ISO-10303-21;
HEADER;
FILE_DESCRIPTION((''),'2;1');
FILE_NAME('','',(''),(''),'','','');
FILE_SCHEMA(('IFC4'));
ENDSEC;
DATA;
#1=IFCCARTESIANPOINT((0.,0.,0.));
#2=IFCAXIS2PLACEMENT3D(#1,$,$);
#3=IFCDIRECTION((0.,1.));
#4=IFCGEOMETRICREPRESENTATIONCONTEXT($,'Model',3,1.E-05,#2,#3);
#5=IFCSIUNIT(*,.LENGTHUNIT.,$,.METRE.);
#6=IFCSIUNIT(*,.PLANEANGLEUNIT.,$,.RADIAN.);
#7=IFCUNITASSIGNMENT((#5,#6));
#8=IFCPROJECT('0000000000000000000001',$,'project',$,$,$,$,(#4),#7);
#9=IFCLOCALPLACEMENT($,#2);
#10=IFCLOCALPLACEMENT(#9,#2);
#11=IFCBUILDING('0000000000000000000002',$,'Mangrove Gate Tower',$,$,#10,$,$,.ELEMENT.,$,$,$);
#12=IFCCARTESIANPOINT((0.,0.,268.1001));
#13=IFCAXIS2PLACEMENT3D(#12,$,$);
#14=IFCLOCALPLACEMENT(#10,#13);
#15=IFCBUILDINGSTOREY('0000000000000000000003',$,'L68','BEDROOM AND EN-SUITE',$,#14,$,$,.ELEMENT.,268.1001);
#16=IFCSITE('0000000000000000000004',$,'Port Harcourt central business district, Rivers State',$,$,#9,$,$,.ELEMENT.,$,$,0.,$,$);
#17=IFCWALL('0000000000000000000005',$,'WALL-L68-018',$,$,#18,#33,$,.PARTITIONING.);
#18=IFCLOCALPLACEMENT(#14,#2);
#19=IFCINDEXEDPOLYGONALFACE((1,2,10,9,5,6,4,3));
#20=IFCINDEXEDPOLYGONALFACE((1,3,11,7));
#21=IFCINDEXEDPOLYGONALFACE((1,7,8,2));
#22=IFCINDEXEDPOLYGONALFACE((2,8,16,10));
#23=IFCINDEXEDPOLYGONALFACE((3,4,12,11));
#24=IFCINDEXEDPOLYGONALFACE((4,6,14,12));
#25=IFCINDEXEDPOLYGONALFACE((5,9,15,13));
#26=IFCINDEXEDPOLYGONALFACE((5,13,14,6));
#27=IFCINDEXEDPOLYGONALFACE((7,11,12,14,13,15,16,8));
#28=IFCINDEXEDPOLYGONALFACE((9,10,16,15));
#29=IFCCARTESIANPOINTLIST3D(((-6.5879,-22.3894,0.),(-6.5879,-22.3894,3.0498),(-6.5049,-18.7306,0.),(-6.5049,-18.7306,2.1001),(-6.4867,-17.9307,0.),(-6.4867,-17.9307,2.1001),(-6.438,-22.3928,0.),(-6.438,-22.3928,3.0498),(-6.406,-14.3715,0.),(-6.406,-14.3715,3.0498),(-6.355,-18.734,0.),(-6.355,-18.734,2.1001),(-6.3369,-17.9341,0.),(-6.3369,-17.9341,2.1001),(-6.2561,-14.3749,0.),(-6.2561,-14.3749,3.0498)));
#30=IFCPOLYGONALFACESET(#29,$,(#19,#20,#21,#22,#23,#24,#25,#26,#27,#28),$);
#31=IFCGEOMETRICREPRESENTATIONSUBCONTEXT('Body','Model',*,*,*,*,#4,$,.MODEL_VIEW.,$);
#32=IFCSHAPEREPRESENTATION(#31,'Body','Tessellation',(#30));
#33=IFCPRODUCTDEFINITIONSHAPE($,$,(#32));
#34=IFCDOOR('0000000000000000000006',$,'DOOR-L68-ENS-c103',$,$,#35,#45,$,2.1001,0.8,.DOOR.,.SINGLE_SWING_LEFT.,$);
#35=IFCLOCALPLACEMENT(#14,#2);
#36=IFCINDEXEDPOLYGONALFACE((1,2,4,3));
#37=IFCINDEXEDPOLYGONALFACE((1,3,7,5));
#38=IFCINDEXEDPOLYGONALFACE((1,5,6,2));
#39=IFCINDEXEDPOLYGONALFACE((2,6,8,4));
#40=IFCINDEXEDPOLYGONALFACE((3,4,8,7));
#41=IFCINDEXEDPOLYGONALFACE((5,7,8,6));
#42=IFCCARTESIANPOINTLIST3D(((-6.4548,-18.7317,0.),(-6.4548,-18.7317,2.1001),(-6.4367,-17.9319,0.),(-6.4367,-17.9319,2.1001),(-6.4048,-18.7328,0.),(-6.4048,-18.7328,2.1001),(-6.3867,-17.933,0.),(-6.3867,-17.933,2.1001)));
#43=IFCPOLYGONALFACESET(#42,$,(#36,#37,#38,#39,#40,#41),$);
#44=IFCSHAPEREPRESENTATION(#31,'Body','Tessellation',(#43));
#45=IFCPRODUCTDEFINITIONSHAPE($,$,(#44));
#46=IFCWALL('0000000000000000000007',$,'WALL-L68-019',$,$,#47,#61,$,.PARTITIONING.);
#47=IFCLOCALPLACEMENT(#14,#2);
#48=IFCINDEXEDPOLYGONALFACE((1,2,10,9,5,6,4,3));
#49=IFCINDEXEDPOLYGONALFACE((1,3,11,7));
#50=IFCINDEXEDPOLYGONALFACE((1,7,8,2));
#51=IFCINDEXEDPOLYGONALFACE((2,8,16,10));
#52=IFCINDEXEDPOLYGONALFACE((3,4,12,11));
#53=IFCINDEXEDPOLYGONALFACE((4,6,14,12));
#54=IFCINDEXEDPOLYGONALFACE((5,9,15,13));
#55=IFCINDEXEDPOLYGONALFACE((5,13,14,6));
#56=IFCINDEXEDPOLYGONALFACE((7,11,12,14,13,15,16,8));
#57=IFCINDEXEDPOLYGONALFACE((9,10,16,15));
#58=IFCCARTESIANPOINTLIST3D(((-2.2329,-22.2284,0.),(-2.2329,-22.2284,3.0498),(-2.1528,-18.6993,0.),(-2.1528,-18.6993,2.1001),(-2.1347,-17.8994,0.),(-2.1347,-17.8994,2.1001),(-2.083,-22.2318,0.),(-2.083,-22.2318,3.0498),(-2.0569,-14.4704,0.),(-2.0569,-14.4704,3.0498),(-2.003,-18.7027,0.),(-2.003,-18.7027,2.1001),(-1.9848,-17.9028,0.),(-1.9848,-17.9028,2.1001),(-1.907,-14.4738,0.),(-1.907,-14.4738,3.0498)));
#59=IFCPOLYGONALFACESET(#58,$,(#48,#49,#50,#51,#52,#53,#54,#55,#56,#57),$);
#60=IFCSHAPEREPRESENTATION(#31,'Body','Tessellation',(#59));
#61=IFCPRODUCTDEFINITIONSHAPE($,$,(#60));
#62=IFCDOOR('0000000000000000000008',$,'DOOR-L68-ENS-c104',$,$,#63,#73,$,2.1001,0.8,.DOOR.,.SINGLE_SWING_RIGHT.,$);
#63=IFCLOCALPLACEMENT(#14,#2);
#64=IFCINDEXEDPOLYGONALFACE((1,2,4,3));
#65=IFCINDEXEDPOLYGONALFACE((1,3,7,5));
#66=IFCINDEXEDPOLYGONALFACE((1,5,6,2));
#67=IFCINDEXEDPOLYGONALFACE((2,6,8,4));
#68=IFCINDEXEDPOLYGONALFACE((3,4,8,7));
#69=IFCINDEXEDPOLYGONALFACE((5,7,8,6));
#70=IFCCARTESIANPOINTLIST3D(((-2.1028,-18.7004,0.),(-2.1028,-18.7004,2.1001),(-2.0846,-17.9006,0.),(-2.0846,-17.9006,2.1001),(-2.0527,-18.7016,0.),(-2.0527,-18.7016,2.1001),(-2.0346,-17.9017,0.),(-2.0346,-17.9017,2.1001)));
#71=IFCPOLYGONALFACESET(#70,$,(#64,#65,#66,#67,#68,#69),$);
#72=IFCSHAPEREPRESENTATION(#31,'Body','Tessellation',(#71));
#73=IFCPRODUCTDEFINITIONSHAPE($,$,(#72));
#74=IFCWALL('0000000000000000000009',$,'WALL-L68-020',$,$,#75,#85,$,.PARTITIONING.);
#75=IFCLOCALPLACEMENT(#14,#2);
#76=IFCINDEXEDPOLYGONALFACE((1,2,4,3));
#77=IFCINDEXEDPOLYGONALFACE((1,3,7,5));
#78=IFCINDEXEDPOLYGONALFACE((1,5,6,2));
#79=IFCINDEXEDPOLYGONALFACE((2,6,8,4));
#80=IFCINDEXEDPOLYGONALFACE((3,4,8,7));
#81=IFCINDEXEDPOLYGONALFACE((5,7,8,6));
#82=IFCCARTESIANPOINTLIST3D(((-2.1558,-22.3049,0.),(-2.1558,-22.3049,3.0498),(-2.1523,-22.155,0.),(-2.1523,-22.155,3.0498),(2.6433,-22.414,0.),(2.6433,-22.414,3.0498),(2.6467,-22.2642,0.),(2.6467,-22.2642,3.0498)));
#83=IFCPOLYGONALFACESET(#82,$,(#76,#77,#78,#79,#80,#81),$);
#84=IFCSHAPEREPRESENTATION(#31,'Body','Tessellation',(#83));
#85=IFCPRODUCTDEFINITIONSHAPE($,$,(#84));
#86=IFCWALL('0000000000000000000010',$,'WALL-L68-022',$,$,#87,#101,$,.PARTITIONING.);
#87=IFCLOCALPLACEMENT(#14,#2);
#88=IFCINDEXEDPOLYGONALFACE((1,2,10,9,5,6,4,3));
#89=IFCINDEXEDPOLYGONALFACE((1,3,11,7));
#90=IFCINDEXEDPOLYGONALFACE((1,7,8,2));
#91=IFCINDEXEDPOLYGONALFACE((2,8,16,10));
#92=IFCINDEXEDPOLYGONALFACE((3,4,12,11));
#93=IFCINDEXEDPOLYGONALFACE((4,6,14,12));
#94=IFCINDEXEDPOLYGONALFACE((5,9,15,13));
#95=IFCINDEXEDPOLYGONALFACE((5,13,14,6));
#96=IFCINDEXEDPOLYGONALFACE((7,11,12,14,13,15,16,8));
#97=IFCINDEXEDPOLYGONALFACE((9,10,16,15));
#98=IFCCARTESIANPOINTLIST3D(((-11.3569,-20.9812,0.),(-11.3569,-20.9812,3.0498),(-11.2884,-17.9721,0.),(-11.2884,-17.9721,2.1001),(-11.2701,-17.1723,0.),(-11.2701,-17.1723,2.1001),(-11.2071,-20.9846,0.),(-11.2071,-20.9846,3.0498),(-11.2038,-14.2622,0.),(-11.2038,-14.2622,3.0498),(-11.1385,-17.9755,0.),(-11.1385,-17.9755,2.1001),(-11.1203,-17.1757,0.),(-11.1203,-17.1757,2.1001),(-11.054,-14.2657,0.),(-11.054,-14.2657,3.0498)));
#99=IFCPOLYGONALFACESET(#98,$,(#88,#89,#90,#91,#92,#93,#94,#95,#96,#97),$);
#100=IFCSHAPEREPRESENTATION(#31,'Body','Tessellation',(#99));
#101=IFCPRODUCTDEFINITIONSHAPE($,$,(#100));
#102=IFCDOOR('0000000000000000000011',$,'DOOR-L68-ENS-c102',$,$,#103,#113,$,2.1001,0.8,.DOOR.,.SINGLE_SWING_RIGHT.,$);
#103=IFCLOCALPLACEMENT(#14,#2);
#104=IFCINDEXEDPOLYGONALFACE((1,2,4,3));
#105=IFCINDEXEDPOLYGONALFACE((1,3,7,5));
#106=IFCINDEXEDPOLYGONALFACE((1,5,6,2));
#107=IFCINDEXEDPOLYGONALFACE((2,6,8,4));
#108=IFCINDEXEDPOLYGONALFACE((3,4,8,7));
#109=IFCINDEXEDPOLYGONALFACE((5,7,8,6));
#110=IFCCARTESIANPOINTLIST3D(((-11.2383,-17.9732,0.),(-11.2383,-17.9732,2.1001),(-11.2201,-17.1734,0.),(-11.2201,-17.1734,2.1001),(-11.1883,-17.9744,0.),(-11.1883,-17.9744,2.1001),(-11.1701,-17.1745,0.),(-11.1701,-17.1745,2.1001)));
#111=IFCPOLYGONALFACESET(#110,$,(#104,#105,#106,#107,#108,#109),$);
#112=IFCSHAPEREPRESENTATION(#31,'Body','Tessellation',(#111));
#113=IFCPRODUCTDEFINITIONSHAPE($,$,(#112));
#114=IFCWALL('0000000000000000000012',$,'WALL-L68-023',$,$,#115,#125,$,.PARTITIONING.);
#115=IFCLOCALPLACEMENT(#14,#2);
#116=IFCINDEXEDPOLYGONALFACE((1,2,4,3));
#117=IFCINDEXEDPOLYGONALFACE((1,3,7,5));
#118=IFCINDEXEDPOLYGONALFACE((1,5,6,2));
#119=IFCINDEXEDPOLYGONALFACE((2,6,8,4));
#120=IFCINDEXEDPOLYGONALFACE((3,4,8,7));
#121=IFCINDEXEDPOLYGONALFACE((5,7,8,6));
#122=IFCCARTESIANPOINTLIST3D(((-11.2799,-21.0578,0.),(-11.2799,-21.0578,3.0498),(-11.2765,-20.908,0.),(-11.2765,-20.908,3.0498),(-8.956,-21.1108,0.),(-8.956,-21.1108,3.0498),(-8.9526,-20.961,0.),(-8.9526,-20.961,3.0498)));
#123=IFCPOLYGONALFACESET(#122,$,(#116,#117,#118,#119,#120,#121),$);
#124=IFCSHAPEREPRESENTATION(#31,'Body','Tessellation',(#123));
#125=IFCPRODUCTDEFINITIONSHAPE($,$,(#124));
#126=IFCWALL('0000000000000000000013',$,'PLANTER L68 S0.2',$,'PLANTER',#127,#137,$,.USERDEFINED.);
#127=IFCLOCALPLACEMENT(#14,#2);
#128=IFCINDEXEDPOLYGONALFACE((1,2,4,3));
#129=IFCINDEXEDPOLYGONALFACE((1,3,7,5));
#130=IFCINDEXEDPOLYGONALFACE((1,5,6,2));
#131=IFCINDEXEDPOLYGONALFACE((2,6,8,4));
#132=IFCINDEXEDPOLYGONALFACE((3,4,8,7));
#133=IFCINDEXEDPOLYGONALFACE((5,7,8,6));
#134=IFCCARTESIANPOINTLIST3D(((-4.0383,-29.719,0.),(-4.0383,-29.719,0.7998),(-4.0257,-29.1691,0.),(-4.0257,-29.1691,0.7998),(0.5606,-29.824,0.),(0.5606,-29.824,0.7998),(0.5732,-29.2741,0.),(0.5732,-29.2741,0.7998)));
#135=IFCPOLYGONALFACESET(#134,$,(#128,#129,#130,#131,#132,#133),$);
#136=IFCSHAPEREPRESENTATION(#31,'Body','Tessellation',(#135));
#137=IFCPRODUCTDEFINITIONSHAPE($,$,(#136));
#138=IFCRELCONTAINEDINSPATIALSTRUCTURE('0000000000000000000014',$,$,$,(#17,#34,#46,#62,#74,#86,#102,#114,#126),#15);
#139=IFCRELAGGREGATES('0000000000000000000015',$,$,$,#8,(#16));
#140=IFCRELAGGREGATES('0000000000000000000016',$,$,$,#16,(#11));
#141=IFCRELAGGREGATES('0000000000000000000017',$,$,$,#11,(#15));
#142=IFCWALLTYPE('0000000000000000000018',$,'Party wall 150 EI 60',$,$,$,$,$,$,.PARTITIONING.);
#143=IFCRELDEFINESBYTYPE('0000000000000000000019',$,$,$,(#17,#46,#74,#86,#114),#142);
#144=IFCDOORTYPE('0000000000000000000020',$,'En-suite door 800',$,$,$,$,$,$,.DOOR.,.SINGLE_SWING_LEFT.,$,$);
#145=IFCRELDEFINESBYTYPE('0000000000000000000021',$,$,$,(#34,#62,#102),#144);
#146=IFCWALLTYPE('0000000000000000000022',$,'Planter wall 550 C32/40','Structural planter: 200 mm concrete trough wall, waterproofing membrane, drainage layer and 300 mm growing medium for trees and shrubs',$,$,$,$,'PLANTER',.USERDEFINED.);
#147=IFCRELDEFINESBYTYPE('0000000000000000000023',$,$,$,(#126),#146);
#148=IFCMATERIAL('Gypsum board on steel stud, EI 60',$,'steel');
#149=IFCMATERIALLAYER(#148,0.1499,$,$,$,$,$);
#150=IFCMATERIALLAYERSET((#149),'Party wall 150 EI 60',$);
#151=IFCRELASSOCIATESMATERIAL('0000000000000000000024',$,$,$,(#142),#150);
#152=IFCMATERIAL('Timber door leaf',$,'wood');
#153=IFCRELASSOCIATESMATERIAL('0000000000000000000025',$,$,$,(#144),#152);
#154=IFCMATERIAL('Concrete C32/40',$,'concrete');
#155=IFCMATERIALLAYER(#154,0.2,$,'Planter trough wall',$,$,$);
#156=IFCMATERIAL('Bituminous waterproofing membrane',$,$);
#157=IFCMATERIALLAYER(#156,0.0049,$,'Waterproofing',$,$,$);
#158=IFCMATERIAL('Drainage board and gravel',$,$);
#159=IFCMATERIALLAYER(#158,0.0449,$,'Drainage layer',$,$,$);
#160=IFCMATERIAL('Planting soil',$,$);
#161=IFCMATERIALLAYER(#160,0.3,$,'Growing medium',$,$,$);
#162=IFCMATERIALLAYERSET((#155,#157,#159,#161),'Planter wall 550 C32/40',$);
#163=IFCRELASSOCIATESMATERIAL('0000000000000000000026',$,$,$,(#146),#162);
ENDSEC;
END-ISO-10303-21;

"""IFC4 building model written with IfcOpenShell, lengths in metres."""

from ifc_helpers import new_model, si_unit, direction, frame, frame_2d, origin, place, context, subcontext, project, spatial, rectangle, extrude, material, layer, layer_set, type_object, element, fill, save


model = new_model("IFC4")

# Units and contexts
model_context = context("Model", 3, precision=1e-05, world=origin(), true_north=direction((0.0, 1.0)))
body_context = subcontext(model_context, "Body", "Model", "MODEL_VIEW")
ifc_project = project(units=[si_unit("LENGTHUNIT", "METRE"), si_unit("PLANEANGLEUNIT", "RADIAN")], contexts=[model_context])

# Site, building, storey
site_placement = place(None, origin())
site = spatial("IfcSite", under=ifc_project, at=site_placement, Name="Port Harcourt central business district, Rivers State", CompositionType="ELEMENT", RefElevation=0.0)
building_placement = place(site_placement, origin())
building = spatial("IfcBuilding", under=site, at=building_placement, Name="Mangrove Gate Tower", CompositionType="ELEMENT")
storey_placement = place(building_placement, frame((0.0, 0.0, 268.1001)))
storey = spatial("IfcBuildingStorey", under=building, at=storey_placement, Name="L68", Description="BEDROOM AND EN-SUITE", CompositionType="ELEMENT", Elevation=268.1001)

# Shared definitions
ifc_material_1 = material(Name="Gypsum board on steel stud, EI 60", Category="steel")
ifc_layer_1 = layer(ifc_material_1, 0.1499)
ifc_layer_set_1 = layer_set([ifc_layer_1], Name="Party wall 150 EI 60")
wall_type_1 = type_object("IfcWallType", Name="Party wall 150 EI 60", PredefinedType="PARTITIONING", material=ifc_layer_set_1)

# Shared definitions
ifc_material_2 = material(Name="Timber door leaf", Category="wood")
door_type = type_object("IfcDoorType", Name="En-suite door 800", OperationType="SINGLE_SWING_LEFT", PredefinedType="DOOR", material=ifc_material_2)

# Walls, openings, doors
wall_1_placement = place(storey_placement, frame((-6.5129, -22.3911, 0.0), z_axis=(0.0, 0.0, 1.0), x_axis=(0.022679, 0.999743, 0.0)))
wall_1 = element("IfcWall", 1, at=wall_1_placement, inside=storey, type_object=wall_type_1, Name="WALL-L68-018", PredefinedType="PARTITIONING", context=body_context, shape_type="SweptSolid", body=[
    extrude(rectangle(XDim=8.02, YDim=0.1499, at=frame_2d((4.01, 0.0))), origin(), (0.0, 0.0, 1.0), 3.0498),
])
opening_1_placement = place(wall_1_placement, frame((3.6599, 0.0, 0.0)))
opening_1 = element("IfcOpeningElement", 2, at=opening_1_placement, cuts=wall_1, PredefinedType="OPENING", context=body_context, shape_type="SweptSolid", body=[
    extrude(rectangle(XDim=0.8, YDim=2.1001, at=frame_2d((0.3999, 1.05))), frame((0.0, 0.085, 0.0), z_axis=(0.0, -1.0, 0.0), x_axis=(1.0, 0.0, 0.0)), (0.0, 0.0, 1.0), 0.1699),
])
door_1_placement = place(opening_1_placement, origin())
door_1 = element("IfcDoor", 3, at=door_1_placement, inside=storey, type_object=door_type, Name="DOOR-L68-ENS-c103", OperationType="SINGLE_SWING_LEFT", OverallHeight=2.1001, OverallWidth=0.8, PredefinedType="DOOR", context=body_context, shape_type="SweptSolid", body=[
    extrude(rectangle(XDim=0.8, YDim=2.1001, at=frame_2d((0.3999, 1.05))), frame((0.0, 0.0249, 0.0), z_axis=(0.0, -1.0, 0.0), x_axis=(1.0, 0.0, 0.0)), (0.0, 0.0, 1.0), 0.05),
])
fill(opening_1, door_1)
wall_2_placement = place(storey_placement, frame((-2.158, -22.23, 0.0), z_axis=(0.0, 0.0, 1.0), x_axis=(0.022684, 0.999743, 0.0)))
wall_2 = element("IfcWall", 4, at=wall_2_placement, inside=storey, type_object=wall_type_1, Name="WALL-L68-019", PredefinedType="PARTITIONING", context=body_context, shape_type="SweptSolid", body=[
    extrude(rectangle(XDim=7.76, YDim=0.1499, at=frame_2d((3.8799, 0.0))), origin(), (0.0, 0.0, 1.0), 3.0498),
])
opening_2_placement = place(wall_2_placement, frame((3.53, 0.0, 0.0)))
opening_2 = element("IfcOpeningElement", 5, at=opening_2_placement, cuts=wall_2, PredefinedType="OPENING", context=body_context, shape_type="SweptSolid", body=[
    extrude(rectangle(XDim=0.8, YDim=2.1001, at=frame_2d((0.3999, 1.05))), frame((0.0, 0.085, 0.0), z_axis=(0.0, -1.0, 0.0), x_axis=(1.0, 0.0, 0.0)), (0.0, 0.0, 1.0), 0.1699),
])
door_2_placement = place(opening_2_placement, origin())
door_2 = element("IfcDoor", 6, at=door_2_placement, inside=storey, type_object=door_type, Name="DOOR-L68-ENS-c104", OperationType="SINGLE_SWING_RIGHT", OverallHeight=2.1001, OverallWidth=0.8, PredefinedType="DOOR", context=body_context, shape_type="SweptSolid", body=[
    extrude(rectangle(XDim=0.8, YDim=2.1001, at=frame_2d((0.3999, 1.05))), frame((0.0, 0.0249, 0.0), z_axis=(0.0, -1.0, 0.0), x_axis=(1.0, 0.0, 0.0)), (0.0, 0.0, 1.0), 0.05),
])
fill(opening_2, door_2)

# Wall
wall_3_placement = place(storey_placement, frame((-2.1541, -22.23, 0.0), z_axis=(0.0, 0.0, 1.0), x_axis=(0.999742, -0.022734, 0.0)))
element("IfcWall", 7, at=wall_3_placement, inside=storey, type_object=wall_type_1, Name="WALL-L68-020", PredefinedType="PARTITIONING", context=body_context, shape_type="SweptSolid", body=[
    extrude(rectangle(XDim=4.8003, YDim=0.1499, at=frame_2d((2.4001, 0.0))), origin(), (0.0, 0.0, 1.0), 3.0498),
])

# Wall, opening, door
wall_4_placement = place(storey_placement, frame((-11.282, -20.9829, 0.0), z_axis=(0.0, 0.0, 1.0), x_axis=(0.022777, 0.999741, 0.0)))
wall_4 = element("IfcWall", 8, at=wall_4_placement, inside=storey, type_object=wall_type_1, Name="WALL-L68-022", PredefinedType="PARTITIONING", context=body_context, shape_type="SweptSolid", body=[
    extrude(rectangle(XDim=6.7207, YDim=0.1499, at=frame_2d((3.3604, 0.0))), origin(), (0.0, 0.0, 1.0), 3.0498),
])
opening_3_placement = place(wall_4_placement, frame((3.01, 0.0, 0.0)))
opening_3 = element("IfcOpeningElement", 9, at=opening_3_placement, cuts=wall_4, PredefinedType="OPENING", context=body_context, shape_type="SweptSolid", body=[
    extrude(rectangle(XDim=0.8, YDim=2.1001, at=frame_2d((0.3999, 1.05))), frame((0.0, 0.085, 0.0), z_axis=(0.0, -1.0, 0.0), x_axis=(1.0, 0.0, 0.0)), (0.0, 0.0, 1.0), 0.1699),
])
door_3_placement = place(opening_3_placement, origin())
door_3 = element("IfcDoor", 10, at=door_3_placement, inside=storey, type_object=door_type, Name="DOOR-L68-ENS-c102", OperationType="SINGLE_SWING_RIGHT", OverallHeight=2.1001, OverallWidth=0.8, PredefinedType="DOOR", context=body_context, shape_type="SweptSolid", body=[
    extrude(rectangle(XDim=0.8, YDim=2.1001, at=frame_2d((0.3999, 1.05))), frame((0.0, 0.0249, 0.0), z_axis=(0.0, -1.0, 0.0), x_axis=(1.0, 0.0, 0.0)), (0.0, 0.0, 1.0), 0.05),
])
fill(opening_3, door_3)

# Walls
wall_5_placement = place(storey_placement, frame((-11.2781, -20.9829, 0.0), z_axis=(0.0, 0.0, 1.0), x_axis=(0.99974, -0.022791, 0.0)))
element("IfcWall", 11, at=wall_5_placement, inside=storey, type_object=wall_type_1, Name="WALL-L68-023", PredefinedType="PARTITIONING", context=body_context, shape_type="SweptSolid", body=[
    extrude(rectangle(XDim=2.3245, YDim=0.1499, at=frame_2d((1.1621, 0.0))), origin(), (0.0, 0.0, 1.0), 3.0498),
])
ifc_material_3 = material(Name="Concrete C32/40", Category="concrete")
ifc_layer_2 = layer(ifc_material_3, 0.2, Name="Planter trough wall")
ifc_material_4 = material(Name="Bituminous waterproofing membrane")
ifc_layer_3 = layer(ifc_material_4, 0.0049, Name="Waterproofing")
ifc_material_5 = material(Name="Drainage board and gravel")
ifc_layer_4 = layer(ifc_material_5, 0.0449, Name="Drainage layer")
ifc_material_6 = material(Name="Planting soil")
ifc_layer_5 = layer(ifc_material_6, 0.3, Name="Growing medium")
ifc_layer_set_2 = layer_set([ifc_layer_2, ifc_layer_3, ifc_layer_4, ifc_layer_5], Name="Planter wall 550 C32/40")
wall_type_2 = type_object("IfcWallType", Name="Planter wall 550 C32/40", Description="Structural planter: 200 mm concrete trough wall, waterproofing membrane, drainage layer and 300 mm growing medium for trees and shrubs", ElementType="PLANTER", PredefinedType="USERDEFINED", material=ifc_layer_set_2)
wall_6_placement = place(storey_placement, frame((-4.032, -29.4441, 0.0), z_axis=(0.0, 0.0, 1.0), x_axis=(0.99974, -0.022821, 0.0)))
element("IfcWall", 12, at=wall_6_placement, inside=storey, type_object=wall_type_2, Name="PLANTER L68 S0.2", ObjectType="PLANTER", PredefinedType="USERDEFINED", context=body_context, shape_type="SweptSolid", body=[
    extrude(rectangle(XDim=4.6001, YDim=0.55, at=frame_2d((2.3, 0.0))), origin(), (0.0, 0.0, 1.0), 0.7998),
])

save(model, "model.ifc")
